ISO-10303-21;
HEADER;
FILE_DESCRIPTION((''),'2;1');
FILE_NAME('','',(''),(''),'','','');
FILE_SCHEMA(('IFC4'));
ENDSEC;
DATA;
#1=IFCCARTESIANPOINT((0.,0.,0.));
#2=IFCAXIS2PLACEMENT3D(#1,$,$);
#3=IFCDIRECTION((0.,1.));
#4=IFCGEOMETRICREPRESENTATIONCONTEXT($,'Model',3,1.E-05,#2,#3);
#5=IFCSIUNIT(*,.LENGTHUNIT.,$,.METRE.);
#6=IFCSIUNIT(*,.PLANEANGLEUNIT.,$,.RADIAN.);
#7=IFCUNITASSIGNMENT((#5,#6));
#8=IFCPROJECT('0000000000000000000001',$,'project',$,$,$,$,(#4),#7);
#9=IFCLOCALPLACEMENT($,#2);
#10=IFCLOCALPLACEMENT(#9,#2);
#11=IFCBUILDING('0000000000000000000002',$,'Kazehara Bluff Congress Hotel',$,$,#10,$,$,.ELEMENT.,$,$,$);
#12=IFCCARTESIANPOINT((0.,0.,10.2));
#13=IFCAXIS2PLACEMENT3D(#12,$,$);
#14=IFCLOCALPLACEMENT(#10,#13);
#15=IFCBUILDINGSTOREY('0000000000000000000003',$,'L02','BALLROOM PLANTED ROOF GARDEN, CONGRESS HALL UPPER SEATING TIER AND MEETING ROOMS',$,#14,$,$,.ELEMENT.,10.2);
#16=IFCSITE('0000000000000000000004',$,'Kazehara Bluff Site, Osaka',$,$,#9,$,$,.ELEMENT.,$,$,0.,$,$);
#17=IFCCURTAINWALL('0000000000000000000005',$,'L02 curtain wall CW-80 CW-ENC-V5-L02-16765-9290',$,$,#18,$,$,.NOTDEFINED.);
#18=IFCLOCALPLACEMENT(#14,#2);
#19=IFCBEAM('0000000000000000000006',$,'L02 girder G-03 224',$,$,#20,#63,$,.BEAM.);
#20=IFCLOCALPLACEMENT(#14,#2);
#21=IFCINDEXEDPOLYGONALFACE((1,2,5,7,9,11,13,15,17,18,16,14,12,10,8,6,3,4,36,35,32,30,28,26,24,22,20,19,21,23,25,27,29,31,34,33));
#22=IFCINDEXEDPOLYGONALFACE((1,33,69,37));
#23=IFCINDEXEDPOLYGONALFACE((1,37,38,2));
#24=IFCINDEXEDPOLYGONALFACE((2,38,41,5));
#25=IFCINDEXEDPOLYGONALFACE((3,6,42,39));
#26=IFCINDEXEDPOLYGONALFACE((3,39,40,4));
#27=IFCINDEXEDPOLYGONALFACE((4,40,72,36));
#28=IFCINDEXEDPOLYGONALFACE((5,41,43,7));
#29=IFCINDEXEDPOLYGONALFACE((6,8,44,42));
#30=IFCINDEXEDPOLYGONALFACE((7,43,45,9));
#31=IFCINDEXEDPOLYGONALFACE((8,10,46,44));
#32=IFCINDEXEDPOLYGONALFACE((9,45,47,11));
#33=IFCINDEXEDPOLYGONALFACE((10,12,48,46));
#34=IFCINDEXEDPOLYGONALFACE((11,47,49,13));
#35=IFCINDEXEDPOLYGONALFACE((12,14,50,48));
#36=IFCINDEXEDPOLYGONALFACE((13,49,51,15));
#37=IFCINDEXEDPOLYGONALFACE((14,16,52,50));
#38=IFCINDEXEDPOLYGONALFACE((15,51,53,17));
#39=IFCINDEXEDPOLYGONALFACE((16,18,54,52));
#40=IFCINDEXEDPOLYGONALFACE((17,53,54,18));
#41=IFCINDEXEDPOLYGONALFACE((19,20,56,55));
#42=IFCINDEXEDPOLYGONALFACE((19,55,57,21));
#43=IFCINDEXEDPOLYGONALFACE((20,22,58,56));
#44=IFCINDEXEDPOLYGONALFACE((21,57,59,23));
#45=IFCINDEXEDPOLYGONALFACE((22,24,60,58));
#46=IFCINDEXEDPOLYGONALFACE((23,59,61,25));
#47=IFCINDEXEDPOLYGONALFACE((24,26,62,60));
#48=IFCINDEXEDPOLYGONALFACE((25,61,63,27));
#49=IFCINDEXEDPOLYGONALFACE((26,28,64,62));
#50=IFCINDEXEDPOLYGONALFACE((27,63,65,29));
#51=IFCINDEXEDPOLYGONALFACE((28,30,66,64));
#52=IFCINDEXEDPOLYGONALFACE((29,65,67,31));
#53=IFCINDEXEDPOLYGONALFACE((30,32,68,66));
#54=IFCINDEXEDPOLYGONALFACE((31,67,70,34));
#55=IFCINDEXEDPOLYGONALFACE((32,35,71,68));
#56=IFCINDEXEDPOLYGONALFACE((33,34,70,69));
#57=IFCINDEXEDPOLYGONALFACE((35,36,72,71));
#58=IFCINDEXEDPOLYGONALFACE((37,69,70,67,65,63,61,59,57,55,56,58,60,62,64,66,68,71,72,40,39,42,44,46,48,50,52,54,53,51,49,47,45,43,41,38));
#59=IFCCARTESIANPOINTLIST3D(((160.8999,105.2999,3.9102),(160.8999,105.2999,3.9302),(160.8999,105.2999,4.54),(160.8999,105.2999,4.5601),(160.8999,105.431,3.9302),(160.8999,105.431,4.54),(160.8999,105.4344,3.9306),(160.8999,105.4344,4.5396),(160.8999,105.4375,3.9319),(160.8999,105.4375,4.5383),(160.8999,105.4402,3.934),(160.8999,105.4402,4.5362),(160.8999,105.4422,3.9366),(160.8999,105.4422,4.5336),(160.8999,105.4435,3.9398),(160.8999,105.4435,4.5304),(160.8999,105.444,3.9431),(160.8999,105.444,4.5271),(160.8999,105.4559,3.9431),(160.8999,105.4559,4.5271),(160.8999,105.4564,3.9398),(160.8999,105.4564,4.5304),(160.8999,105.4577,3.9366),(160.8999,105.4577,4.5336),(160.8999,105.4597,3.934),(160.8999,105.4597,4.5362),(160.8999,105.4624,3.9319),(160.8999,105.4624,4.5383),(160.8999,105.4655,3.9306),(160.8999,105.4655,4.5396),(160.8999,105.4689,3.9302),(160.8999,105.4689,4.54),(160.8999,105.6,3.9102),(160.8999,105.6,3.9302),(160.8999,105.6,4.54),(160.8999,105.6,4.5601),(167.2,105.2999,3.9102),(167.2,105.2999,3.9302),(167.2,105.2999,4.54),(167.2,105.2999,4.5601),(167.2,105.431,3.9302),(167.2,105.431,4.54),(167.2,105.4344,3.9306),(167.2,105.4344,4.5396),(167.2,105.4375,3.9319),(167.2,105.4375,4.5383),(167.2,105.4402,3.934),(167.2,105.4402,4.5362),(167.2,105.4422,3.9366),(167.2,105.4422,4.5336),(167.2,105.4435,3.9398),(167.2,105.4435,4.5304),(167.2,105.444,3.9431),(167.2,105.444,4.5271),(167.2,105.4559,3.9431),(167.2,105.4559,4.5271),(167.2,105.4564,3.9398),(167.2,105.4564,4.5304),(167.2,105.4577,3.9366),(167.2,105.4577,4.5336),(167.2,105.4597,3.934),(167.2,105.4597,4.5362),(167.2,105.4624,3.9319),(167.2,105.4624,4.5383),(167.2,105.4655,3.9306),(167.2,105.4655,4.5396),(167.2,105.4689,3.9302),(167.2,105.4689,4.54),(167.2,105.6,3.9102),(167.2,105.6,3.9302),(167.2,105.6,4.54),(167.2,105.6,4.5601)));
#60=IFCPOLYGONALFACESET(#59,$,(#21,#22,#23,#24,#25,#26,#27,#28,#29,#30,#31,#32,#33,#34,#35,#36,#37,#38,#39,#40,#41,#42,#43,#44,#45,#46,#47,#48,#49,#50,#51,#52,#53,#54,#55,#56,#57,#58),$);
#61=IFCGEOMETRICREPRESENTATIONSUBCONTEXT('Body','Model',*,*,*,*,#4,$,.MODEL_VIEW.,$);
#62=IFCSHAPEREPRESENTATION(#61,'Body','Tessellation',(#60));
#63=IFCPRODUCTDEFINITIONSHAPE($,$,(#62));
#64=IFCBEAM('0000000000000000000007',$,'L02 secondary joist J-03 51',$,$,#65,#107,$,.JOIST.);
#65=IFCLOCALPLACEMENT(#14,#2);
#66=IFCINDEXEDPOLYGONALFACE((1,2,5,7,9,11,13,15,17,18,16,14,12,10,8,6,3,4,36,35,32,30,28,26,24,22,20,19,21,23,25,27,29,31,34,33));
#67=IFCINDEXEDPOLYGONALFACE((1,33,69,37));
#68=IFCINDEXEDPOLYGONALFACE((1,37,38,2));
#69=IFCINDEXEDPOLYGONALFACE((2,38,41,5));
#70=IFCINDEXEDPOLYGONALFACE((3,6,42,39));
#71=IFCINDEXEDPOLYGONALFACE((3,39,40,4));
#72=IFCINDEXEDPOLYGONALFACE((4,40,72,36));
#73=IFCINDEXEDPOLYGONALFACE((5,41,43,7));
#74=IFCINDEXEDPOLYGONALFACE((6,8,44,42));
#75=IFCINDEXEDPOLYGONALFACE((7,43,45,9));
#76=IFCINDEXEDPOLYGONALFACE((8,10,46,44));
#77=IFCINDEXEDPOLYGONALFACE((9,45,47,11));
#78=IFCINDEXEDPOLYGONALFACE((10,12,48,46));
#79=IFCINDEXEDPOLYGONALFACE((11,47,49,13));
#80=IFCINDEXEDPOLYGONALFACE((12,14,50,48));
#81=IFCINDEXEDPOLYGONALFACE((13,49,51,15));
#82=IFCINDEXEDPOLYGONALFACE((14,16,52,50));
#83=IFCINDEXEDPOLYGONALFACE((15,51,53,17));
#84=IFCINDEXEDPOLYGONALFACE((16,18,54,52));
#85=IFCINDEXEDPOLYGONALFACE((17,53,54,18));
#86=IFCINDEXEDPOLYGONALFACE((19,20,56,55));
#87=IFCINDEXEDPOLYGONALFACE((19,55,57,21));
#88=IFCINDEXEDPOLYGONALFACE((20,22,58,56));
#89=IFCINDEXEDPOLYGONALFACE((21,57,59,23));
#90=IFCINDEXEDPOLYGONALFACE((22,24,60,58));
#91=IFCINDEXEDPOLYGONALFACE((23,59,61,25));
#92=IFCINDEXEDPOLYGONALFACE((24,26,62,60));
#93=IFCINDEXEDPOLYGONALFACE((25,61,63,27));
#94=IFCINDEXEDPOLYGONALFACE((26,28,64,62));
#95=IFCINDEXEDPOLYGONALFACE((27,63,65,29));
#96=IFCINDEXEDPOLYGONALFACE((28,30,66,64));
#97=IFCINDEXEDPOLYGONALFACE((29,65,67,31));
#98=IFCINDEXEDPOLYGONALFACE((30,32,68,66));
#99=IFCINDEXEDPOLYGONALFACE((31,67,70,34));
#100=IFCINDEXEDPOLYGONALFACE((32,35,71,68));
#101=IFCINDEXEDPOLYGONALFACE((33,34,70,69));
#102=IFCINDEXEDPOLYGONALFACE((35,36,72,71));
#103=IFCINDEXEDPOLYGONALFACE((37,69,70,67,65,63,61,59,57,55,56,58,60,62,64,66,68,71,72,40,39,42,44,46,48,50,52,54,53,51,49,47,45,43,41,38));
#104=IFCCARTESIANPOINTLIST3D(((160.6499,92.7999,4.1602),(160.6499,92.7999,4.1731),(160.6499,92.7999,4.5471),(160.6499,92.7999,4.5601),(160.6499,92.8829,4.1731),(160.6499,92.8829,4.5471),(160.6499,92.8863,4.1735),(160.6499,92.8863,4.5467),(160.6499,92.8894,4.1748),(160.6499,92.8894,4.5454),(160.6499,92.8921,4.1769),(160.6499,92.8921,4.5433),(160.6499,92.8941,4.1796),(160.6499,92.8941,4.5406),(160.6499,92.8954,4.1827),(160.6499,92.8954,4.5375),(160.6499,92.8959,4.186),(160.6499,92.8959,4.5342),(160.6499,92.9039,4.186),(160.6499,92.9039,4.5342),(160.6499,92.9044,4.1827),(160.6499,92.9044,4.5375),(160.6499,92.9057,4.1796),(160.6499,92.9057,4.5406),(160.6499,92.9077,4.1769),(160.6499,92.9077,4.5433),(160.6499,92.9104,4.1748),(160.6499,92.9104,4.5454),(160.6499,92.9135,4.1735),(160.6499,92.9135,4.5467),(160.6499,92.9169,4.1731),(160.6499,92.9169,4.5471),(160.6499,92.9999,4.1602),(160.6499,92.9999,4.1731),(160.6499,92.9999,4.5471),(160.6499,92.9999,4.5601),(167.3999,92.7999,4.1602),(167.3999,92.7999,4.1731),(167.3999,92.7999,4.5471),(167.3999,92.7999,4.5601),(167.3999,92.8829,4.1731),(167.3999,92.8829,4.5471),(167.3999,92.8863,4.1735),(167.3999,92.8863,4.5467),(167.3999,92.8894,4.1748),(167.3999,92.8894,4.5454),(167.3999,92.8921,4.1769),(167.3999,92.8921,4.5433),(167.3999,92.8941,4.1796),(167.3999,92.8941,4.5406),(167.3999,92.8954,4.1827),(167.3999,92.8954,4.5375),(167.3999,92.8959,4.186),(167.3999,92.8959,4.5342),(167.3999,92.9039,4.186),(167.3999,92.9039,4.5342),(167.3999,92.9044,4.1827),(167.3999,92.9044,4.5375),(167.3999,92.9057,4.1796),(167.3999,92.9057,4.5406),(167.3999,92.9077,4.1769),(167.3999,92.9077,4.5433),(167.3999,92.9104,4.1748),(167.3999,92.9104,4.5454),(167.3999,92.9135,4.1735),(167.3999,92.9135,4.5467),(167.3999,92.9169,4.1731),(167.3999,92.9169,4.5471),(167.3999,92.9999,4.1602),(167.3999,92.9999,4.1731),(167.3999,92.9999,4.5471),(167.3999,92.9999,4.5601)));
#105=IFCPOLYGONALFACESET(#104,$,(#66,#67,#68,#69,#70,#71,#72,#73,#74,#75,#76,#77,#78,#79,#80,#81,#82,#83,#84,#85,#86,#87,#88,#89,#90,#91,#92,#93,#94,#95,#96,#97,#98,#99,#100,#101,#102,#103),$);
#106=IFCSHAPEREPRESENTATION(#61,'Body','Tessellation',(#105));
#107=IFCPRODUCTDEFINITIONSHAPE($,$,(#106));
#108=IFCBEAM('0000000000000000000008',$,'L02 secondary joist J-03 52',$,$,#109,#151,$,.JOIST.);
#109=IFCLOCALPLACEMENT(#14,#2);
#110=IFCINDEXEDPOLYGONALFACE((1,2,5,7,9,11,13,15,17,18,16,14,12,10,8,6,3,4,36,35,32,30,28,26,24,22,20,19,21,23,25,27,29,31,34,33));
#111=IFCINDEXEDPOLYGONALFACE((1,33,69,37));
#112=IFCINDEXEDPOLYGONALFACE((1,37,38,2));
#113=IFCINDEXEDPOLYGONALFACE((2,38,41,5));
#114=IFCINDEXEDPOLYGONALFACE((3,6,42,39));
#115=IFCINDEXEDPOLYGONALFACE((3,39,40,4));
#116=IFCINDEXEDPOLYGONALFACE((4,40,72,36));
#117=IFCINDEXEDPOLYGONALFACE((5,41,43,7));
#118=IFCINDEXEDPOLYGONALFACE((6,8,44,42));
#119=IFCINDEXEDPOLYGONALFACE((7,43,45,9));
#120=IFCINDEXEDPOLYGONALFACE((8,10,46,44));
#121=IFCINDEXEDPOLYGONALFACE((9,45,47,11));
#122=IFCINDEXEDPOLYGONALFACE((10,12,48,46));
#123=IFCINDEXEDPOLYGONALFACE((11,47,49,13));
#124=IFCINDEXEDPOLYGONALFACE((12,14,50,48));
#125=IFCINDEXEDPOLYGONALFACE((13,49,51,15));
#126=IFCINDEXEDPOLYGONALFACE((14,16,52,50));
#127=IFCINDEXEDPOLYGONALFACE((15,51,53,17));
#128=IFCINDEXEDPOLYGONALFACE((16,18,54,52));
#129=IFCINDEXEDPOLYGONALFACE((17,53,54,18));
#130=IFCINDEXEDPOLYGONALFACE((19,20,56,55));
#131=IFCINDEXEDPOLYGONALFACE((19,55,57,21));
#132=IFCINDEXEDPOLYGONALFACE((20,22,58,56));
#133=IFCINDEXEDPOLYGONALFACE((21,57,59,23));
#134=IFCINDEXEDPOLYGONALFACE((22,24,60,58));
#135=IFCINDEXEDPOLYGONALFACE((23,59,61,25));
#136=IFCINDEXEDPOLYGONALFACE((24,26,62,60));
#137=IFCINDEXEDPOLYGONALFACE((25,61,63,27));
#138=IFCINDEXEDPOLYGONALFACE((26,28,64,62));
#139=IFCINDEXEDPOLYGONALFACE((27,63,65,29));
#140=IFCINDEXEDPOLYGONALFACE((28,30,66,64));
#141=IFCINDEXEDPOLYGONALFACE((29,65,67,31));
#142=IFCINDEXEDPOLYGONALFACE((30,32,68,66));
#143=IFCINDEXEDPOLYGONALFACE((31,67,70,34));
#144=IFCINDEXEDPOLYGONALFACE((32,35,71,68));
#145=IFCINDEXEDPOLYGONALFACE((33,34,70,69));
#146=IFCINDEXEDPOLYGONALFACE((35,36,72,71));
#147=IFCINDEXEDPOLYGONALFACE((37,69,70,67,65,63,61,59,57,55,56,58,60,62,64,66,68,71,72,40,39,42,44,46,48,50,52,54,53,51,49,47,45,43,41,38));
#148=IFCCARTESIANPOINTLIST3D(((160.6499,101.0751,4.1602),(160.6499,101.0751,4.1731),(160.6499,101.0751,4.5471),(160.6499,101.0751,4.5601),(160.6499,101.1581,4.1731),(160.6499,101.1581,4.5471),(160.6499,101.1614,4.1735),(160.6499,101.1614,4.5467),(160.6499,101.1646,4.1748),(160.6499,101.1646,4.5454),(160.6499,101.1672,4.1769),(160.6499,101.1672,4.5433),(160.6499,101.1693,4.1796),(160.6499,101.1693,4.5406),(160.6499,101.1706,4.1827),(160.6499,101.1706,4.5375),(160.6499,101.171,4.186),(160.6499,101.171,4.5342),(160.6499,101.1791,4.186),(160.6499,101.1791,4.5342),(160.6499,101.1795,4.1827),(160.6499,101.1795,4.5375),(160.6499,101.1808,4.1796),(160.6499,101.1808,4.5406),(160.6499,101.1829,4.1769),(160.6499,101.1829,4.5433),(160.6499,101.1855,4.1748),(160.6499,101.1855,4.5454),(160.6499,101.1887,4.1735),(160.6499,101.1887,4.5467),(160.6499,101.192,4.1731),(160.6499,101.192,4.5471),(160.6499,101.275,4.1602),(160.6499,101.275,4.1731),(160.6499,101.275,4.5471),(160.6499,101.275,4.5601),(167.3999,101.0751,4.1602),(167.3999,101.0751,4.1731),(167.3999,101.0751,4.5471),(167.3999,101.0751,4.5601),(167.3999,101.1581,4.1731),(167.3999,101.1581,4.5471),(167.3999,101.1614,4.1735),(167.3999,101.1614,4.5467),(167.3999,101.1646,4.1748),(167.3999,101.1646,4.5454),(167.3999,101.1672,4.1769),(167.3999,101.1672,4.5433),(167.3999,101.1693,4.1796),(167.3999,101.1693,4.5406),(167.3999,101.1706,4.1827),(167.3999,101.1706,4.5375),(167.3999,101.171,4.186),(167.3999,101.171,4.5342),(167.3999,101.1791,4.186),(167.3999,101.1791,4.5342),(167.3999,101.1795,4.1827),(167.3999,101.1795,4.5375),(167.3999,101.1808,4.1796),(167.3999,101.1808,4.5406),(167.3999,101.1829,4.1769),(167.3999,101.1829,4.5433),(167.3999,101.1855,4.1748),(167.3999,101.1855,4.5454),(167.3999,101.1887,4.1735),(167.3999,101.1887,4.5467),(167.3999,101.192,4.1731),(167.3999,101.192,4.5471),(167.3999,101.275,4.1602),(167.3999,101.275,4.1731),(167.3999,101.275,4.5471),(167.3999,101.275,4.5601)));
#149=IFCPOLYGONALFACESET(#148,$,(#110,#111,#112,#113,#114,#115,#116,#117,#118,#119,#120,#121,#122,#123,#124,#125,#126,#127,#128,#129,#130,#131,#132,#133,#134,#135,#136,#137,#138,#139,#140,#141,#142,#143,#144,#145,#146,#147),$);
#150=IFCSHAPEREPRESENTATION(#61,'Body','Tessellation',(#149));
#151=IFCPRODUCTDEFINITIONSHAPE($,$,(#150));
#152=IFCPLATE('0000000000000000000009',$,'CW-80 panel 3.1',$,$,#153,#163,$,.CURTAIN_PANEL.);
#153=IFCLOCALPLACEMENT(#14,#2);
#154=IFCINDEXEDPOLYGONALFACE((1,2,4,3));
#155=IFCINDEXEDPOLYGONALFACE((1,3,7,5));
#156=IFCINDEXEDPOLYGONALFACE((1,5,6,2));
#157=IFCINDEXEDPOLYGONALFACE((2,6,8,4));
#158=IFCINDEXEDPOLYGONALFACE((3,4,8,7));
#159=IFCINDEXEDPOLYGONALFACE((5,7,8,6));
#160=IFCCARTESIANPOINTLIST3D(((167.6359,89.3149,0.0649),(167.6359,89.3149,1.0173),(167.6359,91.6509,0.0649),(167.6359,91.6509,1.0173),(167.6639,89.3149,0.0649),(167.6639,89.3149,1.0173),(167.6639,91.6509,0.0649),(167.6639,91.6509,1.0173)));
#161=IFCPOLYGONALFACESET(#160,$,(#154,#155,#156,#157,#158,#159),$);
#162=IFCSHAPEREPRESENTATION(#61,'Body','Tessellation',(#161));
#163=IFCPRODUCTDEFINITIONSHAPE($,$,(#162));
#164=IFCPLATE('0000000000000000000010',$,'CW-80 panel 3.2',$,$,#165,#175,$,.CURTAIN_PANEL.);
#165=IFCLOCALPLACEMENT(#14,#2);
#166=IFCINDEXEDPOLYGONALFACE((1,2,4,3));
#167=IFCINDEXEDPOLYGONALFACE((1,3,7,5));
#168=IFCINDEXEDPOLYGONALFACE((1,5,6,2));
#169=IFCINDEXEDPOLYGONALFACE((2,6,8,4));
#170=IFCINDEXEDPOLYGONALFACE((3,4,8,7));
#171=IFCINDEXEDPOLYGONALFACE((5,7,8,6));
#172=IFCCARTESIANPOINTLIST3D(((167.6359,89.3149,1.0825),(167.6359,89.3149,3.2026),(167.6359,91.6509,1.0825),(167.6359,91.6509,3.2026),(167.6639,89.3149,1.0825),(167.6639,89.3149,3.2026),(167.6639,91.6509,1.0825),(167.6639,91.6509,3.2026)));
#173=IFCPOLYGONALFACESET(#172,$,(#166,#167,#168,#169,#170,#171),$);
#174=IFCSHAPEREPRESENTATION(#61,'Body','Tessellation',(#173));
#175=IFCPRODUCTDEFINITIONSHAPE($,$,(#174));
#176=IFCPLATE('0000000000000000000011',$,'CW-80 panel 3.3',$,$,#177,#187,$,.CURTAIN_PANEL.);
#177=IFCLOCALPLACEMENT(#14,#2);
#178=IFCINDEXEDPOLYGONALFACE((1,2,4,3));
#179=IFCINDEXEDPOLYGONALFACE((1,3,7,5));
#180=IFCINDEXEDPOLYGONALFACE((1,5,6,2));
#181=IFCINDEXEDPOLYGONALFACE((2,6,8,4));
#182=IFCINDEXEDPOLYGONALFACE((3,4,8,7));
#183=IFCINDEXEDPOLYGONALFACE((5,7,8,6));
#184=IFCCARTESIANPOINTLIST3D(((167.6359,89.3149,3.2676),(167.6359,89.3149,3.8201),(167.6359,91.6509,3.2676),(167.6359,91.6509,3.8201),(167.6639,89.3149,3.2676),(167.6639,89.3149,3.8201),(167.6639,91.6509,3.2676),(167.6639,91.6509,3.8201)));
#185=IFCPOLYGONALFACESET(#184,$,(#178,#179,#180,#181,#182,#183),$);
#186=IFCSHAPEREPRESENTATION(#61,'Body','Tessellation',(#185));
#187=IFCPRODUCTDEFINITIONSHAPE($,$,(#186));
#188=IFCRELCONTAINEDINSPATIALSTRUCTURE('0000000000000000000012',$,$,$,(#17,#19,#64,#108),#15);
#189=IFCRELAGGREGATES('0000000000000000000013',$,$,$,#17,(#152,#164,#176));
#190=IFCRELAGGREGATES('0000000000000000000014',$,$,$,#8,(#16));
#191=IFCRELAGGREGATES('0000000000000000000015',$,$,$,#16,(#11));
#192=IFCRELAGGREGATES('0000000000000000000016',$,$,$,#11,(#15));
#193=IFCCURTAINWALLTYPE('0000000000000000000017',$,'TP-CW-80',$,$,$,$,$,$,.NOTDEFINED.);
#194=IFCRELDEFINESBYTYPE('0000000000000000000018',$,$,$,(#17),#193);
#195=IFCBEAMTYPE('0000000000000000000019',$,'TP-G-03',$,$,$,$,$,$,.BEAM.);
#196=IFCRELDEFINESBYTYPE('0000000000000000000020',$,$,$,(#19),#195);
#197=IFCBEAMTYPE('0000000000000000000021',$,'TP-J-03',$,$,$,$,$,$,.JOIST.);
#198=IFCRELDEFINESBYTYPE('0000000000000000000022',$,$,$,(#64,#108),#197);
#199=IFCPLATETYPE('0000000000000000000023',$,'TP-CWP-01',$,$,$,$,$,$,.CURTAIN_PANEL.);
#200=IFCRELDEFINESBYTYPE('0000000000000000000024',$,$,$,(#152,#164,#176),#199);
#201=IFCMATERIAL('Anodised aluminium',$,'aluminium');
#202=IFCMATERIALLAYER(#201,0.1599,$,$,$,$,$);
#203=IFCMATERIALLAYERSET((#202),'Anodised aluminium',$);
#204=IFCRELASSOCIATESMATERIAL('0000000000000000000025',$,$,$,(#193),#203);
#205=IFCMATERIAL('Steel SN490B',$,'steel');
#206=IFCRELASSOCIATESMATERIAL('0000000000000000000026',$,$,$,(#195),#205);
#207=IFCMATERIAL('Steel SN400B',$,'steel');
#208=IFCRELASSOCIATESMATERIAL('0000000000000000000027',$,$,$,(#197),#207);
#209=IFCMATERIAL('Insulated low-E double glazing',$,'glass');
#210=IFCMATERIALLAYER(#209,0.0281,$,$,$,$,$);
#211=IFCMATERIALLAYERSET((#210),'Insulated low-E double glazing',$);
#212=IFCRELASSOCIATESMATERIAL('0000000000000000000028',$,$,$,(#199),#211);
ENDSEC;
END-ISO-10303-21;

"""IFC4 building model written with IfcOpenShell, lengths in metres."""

from ifc_helpers import new_model, si_unit, direction, frame, origin, origin_2d, place, context, subcontext, project, spatial, rectangle, i_section, extrude, material, layer, layer_set, material_profile, profile_set, type_object, element, aggregate, save


model = new_model("IFC4")

# Units and contexts
model_context = context("Model", 3, precision=1e-05, world=origin(), true_north=direction((0.0, 1.0)))
body_context = subcontext(model_context, "Body", "Model", "MODEL_VIEW")
ifc_project = project(units=[si_unit("LENGTHUNIT", "METRE"), si_unit("PLANEANGLEUNIT", "RADIAN")], contexts=[model_context])

# Site, building, storey
site_placement = place(None, origin())
site = spatial("IfcSite", under=ifc_project, at=site_placement, Name="Kazehara Bluff Site, Osaka", CompositionType="ELEMENT", RefElevation=0.0)
building_placement = place(site_placement, origin())
building = spatial("IfcBuilding", under=site, at=building_placement, Name="Kazehara Bluff Congress Hotel", CompositionType="ELEMENT")
storey_placement = place(building_placement, frame((0.0, 0.0, 10.2)))
storey = spatial("IfcBuildingStorey", under=building, at=storey_placement, Name="L02", Description="BALLROOM PLANTED ROOF GARDEN, CONGRESS HALL UPPER SEATING TIER AND MEETING ROOMS", CompositionType="ELEMENT", Elevation=10.2)

# Curtain wall
ifc_material_1 = material(Name="Anodised aluminium", Category="aluminium")
ifc_layer_1 = layer(ifc_material_1, 0.1599)
ifc_layer_set_1 = layer_set([ifc_layer_1], Name="Anodised aluminium")
curtain_wall_type = type_object("IfcCurtainWallType", Name="TP-CW-80", PredefinedType="NOTDEFINED", material=ifc_layer_set_1)
curtain_wall_placement = place(storey_placement, origin())
curtain_wall = element("IfcCurtainWall", 1, at=curtain_wall_placement, inside=storey, type_object=curtain_wall_type, Name="L02 curtain wall CW-80 CW-ENC-V5-L02-16765-9290", PredefinedType="NOTDEFINED")

# Beams
ifc_material_2 = material(Name="Steel SN490B", Category="steel")
ifc_material_profile_1 = material_profile(ifc_material_2, i_section(OverallWidth=0.3, OverallDepth=0.6499, WebThickness=0.012, FlangeThickness=0.02, FilletRadius=0.0129, at=origin_2d()))
ifc_profile_set_1 = profile_set([ifc_material_profile_1], Name="Steel SN490B")
beam_type_1 = type_object("IfcBeamType", Name="TP-G-03", PredefinedType="BEAM", material=ifc_profile_set_1)
beam_1_placement = place(storey_placement, frame((160.8999, 105.45, 4.2351), z_axis=(1.0, 0.0, 0.0), x_axis=(0.0, 1.0, 0.0)))
element("IfcBeam", 2, at=beam_1_placement, inside=storey, type_object=beam_type_1, Name="L02 girder G-03 224", PredefinedType="BEAM", context=body_context, shape_type="SweptSolid", body=[
    extrude(i_section(OverallWidth=0.3, OverallDepth=0.6499, WebThickness=0.012, FlangeThickness=0.02, FilletRadius=0.0129, at=origin_2d()), origin(), (0.0, 0.0, 1.0), 6.3),
])
ifc_material_3 = material(Name="Steel SN400B", Category="steel")
ifc_material_profile_2 = material_profile(ifc_material_3, i_section(OverallWidth=0.2, OverallDepth=0.3999, WebThickness=0.0081, FlangeThickness=0.0129, FilletRadius=0.0129, at=origin_2d()))
ifc_profile_set_2 = profile_set([ifc_material_profile_2], Name="Steel SN400B")
beam_type_2 = type_object("IfcBeamType", Name="TP-J-03", PredefinedType="JOIST", material=ifc_profile_set_2)
for number, where, z_axis, x_axis, name in (
    (3, (160.6499, 92.8999, 4.3601), (1.0, 0.0, 0.0), (0.0, 1.0, 0.0), "L02 secondary joist J-03 51"),
    (4, (160.6499, 101.175, 4.3601), (1.0, 0.0, 0.0), (0.0, 1.0, 0.0), "L02 secondary joist J-03 52"),
):
    element("IfcBeam", number, at=place(storey_placement, frame(where, z_axis=z_axis, x_axis=x_axis)), inside=storey, type_object=beam_type_2, Name=name, PredefinedType="JOIST", context=body_context, shape_type="SweptSolid", body=[
        extrude(i_section(OverallWidth=0.2, OverallDepth=0.3999, WebThickness=0.0081, FlangeThickness=0.0129, FilletRadius=0.0129, at=origin_2d()), origin(), (0.0, 0.0, 1.0), 6.75),
    ])

# Plates
ifc_material_4 = material(Name="Insulated low-E double glazing", Category="glass")
ifc_layer_2 = layer(ifc_material_4, 0.0281)
ifc_layer_set_2 = layer_set([ifc_layer_2], Name="Insulated low-E double glazing")
plate_type = type_object("IfcPlateType", Name="TP-CWP-01", PredefinedType="CURTAIN_PANEL", material=ifc_layer_set_2)
plate_1_placement = place(storey_placement, frame((167.6499, 90.4829, 0.0649), z_axis=(0.0, 0.0, 1.0), x_axis=(0.0, -1.0, 0.0)))
plate_1 = element("IfcPlate", 5, at=plate_1_placement, type_object=plate_type, Name="CW-80 panel 3.1", PredefinedType="CURTAIN_PANEL", context=body_context, shape_type="SweptSolid", body=[
    extrude(rectangle(XDim=2.3359, YDim=0.0281, at=origin_2d()), origin(), (0.0, 0.0, 1.0), 0.9524),
])
plate_2_placement = place(storey_placement, frame((167.6499, 90.4829, 1.0825), z_axis=(0.0, 0.0, 1.0), x_axis=(0.0, -1.0, 0.0)))
plate_2 = element("IfcPlate", 6, at=plate_2_placement, type_object=plate_type, Name="CW-80 panel 3.2", PredefinedType="CURTAIN_PANEL", context=body_context, shape_type="SweptSolid", body=[
    extrude(rectangle(XDim=2.3359, YDim=0.0281, at=origin_2d()), origin(), (0.0, 0.0, 1.0), 2.1201),
])
plate_3_placement = place(storey_placement, frame((167.6499, 90.4829, 3.2676), z_axis=(0.0, 0.0, 1.0), x_axis=(0.0, -1.0, 0.0)))
plate_3 = element("IfcPlate", 7, at=plate_3_placement, type_object=plate_type, Name="CW-80 panel 3.3", PredefinedType="CURTAIN_PANEL", context=body_context, shape_type="SweptSolid", body=[
    extrude(rectangle(XDim=2.3359, YDim=0.0281, at=origin_2d()), origin(), (0.0, 0.0, 1.0), 0.5525),
])
aggregate(curtain_wall, [plate_1, plate_2, plate_3])

save(model, "model.ifc")
